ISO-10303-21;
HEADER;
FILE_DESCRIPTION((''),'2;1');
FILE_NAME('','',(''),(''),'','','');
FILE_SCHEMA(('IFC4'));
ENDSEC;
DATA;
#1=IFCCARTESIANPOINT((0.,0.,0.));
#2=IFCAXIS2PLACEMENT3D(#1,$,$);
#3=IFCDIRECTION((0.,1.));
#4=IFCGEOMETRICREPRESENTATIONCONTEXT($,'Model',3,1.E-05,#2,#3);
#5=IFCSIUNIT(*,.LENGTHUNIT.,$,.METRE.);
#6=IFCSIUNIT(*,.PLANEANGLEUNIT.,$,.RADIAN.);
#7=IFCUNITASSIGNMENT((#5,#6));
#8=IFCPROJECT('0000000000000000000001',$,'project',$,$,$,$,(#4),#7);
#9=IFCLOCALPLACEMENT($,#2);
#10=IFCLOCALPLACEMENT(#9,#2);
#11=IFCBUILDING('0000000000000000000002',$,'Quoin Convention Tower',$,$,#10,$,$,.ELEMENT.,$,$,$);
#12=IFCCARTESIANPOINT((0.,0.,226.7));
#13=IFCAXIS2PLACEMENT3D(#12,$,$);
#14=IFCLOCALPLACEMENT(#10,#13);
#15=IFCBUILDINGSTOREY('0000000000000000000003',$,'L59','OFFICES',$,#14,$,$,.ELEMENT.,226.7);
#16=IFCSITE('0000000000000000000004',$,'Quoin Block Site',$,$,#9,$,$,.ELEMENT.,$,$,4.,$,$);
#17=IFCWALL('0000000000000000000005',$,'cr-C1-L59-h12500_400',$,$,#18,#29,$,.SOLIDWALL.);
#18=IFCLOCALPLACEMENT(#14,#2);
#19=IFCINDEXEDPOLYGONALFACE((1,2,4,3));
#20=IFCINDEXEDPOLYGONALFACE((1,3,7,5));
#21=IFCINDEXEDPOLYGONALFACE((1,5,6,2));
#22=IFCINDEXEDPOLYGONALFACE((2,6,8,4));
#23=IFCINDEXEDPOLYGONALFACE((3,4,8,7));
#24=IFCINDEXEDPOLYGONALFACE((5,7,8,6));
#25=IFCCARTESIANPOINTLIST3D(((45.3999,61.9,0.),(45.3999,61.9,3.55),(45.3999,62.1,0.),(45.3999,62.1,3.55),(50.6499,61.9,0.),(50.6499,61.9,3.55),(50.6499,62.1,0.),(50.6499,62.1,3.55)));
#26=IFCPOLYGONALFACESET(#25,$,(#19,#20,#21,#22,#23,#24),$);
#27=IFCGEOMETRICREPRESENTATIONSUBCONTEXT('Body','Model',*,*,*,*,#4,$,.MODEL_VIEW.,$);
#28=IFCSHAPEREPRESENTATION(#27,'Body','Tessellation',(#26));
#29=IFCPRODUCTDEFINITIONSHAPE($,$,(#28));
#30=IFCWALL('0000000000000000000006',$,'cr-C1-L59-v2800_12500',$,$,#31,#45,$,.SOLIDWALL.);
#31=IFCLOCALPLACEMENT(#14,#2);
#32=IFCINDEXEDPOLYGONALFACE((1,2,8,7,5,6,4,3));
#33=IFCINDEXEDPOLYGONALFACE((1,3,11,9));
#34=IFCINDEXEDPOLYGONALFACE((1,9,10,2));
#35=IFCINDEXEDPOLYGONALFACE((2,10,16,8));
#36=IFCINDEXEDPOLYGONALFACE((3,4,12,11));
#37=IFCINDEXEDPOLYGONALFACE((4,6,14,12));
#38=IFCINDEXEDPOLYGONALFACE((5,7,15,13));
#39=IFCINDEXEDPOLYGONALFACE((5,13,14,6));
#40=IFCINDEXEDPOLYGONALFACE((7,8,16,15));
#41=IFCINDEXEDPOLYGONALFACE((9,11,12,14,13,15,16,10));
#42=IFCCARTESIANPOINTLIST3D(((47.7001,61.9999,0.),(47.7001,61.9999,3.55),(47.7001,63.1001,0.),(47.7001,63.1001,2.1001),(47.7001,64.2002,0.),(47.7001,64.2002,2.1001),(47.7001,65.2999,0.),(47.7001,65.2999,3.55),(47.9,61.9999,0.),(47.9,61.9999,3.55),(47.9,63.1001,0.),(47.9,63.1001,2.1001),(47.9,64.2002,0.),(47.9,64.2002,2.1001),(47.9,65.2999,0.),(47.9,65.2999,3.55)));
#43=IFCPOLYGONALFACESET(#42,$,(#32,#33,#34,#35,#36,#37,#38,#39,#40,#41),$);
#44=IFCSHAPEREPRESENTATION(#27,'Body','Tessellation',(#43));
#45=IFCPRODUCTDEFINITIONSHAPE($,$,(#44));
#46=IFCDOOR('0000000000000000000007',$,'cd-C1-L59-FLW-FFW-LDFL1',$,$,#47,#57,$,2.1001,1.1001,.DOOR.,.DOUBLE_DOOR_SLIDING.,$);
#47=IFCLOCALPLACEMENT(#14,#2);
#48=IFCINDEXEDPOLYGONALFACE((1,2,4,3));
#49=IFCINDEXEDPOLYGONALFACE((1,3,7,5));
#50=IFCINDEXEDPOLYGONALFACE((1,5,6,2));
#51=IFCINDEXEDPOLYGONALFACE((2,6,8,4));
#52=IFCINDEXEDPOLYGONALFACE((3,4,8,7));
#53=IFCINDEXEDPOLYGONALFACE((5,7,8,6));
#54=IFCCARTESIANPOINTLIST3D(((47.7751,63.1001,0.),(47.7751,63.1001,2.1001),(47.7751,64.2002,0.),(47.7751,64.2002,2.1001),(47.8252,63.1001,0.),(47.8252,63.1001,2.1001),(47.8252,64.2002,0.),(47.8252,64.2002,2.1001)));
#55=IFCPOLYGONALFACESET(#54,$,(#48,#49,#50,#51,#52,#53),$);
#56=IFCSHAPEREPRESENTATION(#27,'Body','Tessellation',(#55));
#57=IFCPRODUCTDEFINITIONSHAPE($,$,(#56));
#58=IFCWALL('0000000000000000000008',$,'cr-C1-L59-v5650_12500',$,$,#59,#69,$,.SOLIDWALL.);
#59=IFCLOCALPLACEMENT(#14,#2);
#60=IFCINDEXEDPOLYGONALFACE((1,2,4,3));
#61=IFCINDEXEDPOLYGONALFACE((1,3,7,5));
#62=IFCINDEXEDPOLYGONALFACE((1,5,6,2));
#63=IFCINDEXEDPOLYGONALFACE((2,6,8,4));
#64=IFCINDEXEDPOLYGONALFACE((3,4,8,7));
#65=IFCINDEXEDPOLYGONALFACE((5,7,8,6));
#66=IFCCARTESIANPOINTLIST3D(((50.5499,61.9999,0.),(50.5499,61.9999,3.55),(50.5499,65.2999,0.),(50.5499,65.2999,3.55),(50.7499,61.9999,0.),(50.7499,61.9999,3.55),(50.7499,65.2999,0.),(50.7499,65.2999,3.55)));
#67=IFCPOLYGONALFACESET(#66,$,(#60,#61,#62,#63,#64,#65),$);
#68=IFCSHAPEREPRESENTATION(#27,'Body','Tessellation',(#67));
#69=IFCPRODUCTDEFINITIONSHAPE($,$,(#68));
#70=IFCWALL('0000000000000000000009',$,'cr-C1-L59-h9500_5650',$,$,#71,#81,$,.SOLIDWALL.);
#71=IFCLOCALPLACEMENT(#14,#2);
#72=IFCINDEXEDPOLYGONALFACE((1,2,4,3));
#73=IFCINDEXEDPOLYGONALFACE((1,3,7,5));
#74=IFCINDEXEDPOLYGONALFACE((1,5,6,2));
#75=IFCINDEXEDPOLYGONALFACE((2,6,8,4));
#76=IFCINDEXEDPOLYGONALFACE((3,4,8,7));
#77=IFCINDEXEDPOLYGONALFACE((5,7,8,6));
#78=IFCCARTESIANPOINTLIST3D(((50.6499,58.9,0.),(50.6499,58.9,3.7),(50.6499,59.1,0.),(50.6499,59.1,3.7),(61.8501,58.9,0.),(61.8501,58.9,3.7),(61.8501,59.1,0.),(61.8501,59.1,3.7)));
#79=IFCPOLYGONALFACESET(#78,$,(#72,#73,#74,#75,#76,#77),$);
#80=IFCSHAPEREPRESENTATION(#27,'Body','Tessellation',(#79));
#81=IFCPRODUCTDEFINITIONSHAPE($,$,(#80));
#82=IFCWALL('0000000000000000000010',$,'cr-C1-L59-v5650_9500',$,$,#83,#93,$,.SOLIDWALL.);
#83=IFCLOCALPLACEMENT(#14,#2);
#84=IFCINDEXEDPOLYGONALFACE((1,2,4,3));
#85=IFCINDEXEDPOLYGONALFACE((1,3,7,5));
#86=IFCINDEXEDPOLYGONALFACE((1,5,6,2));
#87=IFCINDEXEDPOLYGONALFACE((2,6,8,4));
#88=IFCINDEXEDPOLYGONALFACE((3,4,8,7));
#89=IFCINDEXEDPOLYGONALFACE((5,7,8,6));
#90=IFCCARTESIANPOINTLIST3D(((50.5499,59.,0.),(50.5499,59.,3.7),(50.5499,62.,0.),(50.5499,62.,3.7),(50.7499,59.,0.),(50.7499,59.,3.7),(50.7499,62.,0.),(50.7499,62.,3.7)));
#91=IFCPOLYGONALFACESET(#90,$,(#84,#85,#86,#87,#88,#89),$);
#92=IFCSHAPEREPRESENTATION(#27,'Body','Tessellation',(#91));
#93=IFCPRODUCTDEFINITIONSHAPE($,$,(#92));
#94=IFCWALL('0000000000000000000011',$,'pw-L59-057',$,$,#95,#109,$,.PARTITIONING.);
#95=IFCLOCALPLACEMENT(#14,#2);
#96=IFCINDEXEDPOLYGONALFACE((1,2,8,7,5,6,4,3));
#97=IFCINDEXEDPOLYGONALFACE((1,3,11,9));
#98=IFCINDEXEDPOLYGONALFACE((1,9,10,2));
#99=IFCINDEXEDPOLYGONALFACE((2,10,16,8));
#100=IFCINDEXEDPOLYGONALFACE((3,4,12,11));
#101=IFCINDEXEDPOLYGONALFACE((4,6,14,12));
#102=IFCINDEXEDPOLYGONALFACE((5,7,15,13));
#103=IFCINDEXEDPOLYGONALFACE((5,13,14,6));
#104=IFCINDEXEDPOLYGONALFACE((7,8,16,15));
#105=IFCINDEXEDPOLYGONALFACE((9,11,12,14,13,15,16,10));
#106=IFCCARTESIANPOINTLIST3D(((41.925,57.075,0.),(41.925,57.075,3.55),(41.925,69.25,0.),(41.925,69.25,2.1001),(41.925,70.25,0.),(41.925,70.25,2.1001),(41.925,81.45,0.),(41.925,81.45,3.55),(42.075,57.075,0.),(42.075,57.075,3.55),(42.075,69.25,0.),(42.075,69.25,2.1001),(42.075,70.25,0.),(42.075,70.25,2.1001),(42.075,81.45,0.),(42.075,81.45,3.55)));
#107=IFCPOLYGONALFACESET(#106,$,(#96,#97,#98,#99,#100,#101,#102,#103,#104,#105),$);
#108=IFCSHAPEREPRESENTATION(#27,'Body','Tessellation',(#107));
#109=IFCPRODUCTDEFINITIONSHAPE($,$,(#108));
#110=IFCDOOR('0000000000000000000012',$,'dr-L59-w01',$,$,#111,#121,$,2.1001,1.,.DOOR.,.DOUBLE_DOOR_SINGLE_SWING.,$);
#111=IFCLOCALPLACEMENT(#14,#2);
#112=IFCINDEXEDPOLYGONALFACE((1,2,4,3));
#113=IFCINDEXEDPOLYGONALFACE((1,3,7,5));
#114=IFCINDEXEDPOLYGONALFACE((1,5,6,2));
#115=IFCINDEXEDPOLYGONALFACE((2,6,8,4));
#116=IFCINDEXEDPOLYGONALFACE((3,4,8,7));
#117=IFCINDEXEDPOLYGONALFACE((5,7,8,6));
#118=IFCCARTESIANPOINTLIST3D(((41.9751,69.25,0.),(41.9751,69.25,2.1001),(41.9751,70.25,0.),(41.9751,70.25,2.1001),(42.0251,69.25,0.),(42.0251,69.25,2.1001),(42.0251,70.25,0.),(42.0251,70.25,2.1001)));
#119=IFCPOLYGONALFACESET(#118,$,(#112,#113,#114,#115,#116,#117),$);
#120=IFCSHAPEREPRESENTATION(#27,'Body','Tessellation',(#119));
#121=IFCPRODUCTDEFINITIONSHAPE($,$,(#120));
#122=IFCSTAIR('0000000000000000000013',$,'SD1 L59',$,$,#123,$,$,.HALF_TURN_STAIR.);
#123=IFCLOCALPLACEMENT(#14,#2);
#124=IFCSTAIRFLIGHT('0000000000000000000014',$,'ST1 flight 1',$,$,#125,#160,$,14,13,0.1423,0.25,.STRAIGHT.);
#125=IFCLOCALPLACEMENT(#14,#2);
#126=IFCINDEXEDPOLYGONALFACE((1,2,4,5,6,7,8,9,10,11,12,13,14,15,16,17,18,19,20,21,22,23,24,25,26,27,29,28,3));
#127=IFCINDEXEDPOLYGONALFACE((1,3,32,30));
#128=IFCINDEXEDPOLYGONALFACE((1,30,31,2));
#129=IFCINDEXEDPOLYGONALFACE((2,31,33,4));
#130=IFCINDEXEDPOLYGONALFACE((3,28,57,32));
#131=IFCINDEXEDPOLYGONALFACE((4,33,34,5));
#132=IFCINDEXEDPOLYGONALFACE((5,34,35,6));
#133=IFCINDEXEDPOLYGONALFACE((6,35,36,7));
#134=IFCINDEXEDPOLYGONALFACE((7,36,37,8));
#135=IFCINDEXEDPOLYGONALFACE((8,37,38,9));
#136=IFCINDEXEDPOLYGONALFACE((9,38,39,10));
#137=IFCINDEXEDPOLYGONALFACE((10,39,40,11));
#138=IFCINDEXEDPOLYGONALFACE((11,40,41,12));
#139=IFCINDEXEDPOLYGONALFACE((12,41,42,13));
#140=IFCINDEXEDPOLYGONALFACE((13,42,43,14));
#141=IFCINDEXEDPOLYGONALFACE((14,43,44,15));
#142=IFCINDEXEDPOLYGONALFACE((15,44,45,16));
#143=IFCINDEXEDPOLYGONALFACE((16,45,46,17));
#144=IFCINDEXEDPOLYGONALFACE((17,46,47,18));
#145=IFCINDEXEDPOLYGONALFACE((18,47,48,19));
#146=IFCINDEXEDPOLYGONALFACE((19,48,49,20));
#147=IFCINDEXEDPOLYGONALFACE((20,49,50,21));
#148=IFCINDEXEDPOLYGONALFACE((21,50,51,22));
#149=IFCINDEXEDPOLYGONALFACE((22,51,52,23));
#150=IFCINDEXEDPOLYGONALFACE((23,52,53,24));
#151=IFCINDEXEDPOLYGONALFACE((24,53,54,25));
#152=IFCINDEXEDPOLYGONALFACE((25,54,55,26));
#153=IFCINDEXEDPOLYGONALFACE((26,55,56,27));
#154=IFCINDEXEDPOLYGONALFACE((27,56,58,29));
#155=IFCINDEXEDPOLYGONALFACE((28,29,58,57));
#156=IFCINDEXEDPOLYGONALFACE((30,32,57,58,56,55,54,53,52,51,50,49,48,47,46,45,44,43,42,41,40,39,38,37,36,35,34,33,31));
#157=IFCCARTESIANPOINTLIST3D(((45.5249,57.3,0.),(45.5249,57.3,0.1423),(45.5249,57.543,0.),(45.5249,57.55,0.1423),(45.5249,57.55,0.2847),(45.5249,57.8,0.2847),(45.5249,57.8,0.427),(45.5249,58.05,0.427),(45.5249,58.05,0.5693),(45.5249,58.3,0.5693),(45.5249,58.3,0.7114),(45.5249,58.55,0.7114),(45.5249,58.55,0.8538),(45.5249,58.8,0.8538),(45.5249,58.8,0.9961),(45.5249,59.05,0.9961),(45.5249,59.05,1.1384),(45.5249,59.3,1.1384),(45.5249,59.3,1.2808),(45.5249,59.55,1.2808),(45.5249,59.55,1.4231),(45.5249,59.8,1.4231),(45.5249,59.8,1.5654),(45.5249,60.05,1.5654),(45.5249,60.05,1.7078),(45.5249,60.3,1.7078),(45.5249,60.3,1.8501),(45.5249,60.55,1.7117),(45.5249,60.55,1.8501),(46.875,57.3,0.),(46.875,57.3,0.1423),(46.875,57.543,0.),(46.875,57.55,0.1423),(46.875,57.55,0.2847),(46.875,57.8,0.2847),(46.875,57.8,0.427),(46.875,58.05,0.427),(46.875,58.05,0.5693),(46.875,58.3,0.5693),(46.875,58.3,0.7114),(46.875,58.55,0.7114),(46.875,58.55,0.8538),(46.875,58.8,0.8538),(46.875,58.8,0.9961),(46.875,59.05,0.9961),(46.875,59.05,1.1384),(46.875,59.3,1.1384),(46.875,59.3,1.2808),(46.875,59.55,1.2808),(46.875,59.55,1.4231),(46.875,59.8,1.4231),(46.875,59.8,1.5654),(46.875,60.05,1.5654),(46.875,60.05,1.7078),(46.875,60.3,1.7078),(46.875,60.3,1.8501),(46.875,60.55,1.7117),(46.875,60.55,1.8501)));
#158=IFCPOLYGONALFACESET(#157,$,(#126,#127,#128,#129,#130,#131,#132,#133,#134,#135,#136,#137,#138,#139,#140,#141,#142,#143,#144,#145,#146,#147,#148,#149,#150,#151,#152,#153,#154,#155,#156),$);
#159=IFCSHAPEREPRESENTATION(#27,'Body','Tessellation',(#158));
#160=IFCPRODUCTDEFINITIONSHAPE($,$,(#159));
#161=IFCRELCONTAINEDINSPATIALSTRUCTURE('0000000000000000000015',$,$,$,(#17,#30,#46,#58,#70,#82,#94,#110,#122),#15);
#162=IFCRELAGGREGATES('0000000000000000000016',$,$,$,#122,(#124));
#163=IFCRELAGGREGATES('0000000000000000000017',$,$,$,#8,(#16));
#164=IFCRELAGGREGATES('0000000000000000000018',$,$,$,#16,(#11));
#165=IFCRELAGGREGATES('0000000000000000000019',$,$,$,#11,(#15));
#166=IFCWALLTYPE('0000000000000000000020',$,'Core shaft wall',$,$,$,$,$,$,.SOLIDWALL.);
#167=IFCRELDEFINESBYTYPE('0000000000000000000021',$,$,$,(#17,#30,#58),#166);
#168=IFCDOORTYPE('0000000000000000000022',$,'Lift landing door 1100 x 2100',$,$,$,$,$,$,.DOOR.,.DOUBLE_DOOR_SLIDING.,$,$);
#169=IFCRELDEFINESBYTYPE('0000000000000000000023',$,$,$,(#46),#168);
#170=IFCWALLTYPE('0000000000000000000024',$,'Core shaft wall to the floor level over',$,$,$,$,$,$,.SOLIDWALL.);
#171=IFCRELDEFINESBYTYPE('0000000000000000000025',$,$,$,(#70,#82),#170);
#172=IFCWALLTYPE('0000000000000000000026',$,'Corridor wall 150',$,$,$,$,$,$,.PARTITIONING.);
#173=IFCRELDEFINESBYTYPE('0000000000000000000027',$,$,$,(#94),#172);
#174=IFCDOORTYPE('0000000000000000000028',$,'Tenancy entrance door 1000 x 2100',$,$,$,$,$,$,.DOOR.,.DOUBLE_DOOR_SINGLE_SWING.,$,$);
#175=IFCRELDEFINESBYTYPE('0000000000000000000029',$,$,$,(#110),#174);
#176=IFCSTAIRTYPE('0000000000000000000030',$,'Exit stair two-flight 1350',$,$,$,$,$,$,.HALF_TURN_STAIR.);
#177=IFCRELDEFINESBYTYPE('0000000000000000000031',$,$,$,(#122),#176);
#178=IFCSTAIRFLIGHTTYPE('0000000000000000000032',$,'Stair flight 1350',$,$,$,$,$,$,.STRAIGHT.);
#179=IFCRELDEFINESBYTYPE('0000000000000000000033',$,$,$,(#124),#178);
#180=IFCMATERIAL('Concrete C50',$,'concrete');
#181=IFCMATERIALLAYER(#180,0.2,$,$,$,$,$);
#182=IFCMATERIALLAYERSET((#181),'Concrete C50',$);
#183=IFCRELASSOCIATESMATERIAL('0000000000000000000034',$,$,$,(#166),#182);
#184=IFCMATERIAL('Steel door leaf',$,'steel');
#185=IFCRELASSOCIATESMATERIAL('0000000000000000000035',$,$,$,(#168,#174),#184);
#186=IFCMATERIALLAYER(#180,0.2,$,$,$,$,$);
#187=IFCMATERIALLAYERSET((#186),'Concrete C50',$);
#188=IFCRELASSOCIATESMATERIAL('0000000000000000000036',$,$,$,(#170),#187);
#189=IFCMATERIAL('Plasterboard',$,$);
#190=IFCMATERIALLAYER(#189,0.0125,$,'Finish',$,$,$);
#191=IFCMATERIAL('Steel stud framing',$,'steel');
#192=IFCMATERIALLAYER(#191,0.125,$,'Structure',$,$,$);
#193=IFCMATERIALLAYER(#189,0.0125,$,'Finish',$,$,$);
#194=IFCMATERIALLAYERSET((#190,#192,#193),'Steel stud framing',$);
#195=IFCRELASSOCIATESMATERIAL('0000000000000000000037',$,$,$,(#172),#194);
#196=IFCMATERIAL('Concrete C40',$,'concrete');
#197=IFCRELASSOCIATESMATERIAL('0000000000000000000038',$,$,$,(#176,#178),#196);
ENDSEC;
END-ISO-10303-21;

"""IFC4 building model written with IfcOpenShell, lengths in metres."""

from ifc_helpers import new_model, si_unit, direction, frame, frame_2d, origin, place, context, subcontext, project, spatial, polyline, rectangle, outline, extrude, material, layer, layer_set, type_object, element, fill, aggregate, save


model = new_model("IFC4")

# Units and contexts
model_context = context("Model", 3, precision=1e-05, world=origin(), true_north=direction((0.0, 1.0)))
body_context = subcontext(model_context, "Body", "Model", "MODEL_VIEW")
ifc_project = project(units=[si_unit("LENGTHUNIT", "METRE"), si_unit("PLANEANGLEUNIT", "RADIAN")], contexts=[model_context])

# Site, building, storey
site_placement = place(None, origin())
site = spatial("IfcSite", under=ifc_project, at=site_placement, Name="Quoin Block Site", CompositionType="ELEMENT", RefElevation=4.0)
building_placement = place(site_placement, origin())
building = spatial("IfcBuilding", under=site, at=building_placement, Name="Quoin Convention Tower", CompositionType="ELEMENT")
storey_placement = place(building_placement, frame((0.0, 0.0, 226.7)))
storey = spatial("IfcBuildingStorey", under=building, at=storey_placement, Name="L59", Description="OFFICES", CompositionType="ELEMENT", Elevation=226.7)

# Wall
ifc_material_1 = material(Name="Concrete C50", Category="concrete")
ifc_layer_1 = layer(ifc_material_1, 0.2)
ifc_layer_set_1 = layer_set([ifc_layer_1], Name="Concrete C50")
wall_type_1 = type_object("IfcWallType", Name="Core shaft wall", PredefinedType="SOLIDWALL", material=ifc_layer_set_1)
wall_1_placement = place(storey_placement, frame((45.3999, 62.0, 0.0), z_axis=(0.0, 0.0, 1.0), x_axis=(1.0, 0.0, 0.0)))
element("IfcWall", 1, at=wall_1_placement, inside=storey, type_object=wall_type_1, Name="cr-C1-L59-h12500_400", PredefinedType="SOLIDWALL", context=body_context, shape_type="SweptSolid", body=[
    extrude(rectangle(XDim=5.25, YDim=0.2, at=frame_2d((2.625, 0.0))), origin(), (0.0, 0.0, 1.0), 3.55),
])

# Wall, opening, door
wall_2_placement = place(storey_placement, frame((47.8, 62.0, 0.0), z_axis=(0.0, 0.0, 1.0), x_axis=(0.0, 1.0, 0.0)))
wall_2 = element("IfcWall", 2, at=wall_2_placement, inside=storey, type_object=wall_type_1, Name="cr-C1-L59-v2800_12500", PredefinedType="SOLIDWALL", context=body_context, shape_type="SweptSolid", body=[
    extrude(rectangle(XDim=3.3, YDim=0.2, at=frame_2d((1.6499, 0.0))), origin(), (0.0, 0.0, 1.0), 3.55),
])
opening_1_placement = place(wall_2_placement, frame((1.1001, 0.0, 0.0)))
opening_1 = element("IfcOpeningElement", 3, at=opening_1_placement, cuts=wall_2, PredefinedType="OPENING", context=body_context, shape_type="SweptSolid", body=[
    extrude(rectangle(XDim=1.1001, YDim=2.1001, at=frame_2d((0.55, 1.05))), frame((0.0, 0.1099, 0.0), z_axis=(0.0, -1.0, 0.0), x_axis=(1.0, 0.0, 0.0)), (0.0, 0.0, 1.0), 0.22),
])
ifc_material_2 = material(Name="Steel door leaf", Category="steel")
door_type_1 = type_object("IfcDoorType", Name="Lift landing door 1100 x 2100", OperationType="DOUBLE_DOOR_SLIDING", PredefinedType="DOOR", material=ifc_material_2)
door_1_placement = place(opening_1_placement, origin())
door_1 = element("IfcDoor", 4, at=door_1_placement, inside=storey, type_object=door_type_1, Name="cd-C1-L59-FLW-FFW-LDFL1", OperationType="DOUBLE_DOOR_SLIDING", OverallHeight=2.1001, OverallWidth=1.1001, PredefinedType="DOOR", context=body_context, shape_type="SweptSolid", body=[
    extrude(rectangle(XDim=1.1001, YDim=2.1001, at=frame_2d((0.55, 1.05))), frame((0.0, 0.0249, 0.0), z_axis=(0.0, -1.0, 0.0), x_axis=(1.0, 0.0, 0.0)), (0.0, 0.0, 1.0), 0.05),
])
fill(opening_1, door_1)

# Walls
wall_3_placement = place(storey_placement, frame((50.6499, 62.0, 0.0), z_axis=(0.0, 0.0, 1.0), x_axis=(0.0, 1.0, 0.0)))
element("IfcWall", 5, at=wall_3_placement, inside=storey, type_object=wall_type_1, Name="cr-C1-L59-v5650_12500", PredefinedType="SOLIDWALL", context=body_context, shape_type="SweptSolid", body=[
    extrude(rectangle(XDim=3.3, YDim=0.2, at=frame_2d((1.6499, 0.0))), origin(), (0.0, 0.0, 1.0), 3.55),
])
ifc_layer_2 = layer(ifc_material_1, 0.2)
ifc_layer_set_2 = layer_set([ifc_layer_2], Name="Concrete C50")
wall_type_2 = type_object("IfcWallType", Name="Core shaft wall to the floor level over", PredefinedType="SOLIDWALL", material=ifc_layer_set_2)
wall_4_placement = place(storey_placement, frame((50.6499, 59.0, 0.0), z_axis=(0.0, 0.0, 1.0), x_axis=(1.0, 0.0, 0.0)))
element("IfcWall", 6, at=wall_4_placement, inside=storey, type_object=wall_type_2, Name="cr-C1-L59-h9500_5650", PredefinedType="SOLIDWALL", context=body_context, shape_type="SweptSolid", body=[
    extrude(rectangle(XDim=11.2002, YDim=0.2, at=frame_2d((5.6001, 0.0))), origin(), (0.0, 0.0, 1.0), 3.7),
])
wall_5_placement = place(storey_placement, frame((50.6499, 59.0, 0.0), z_axis=(0.0, 0.0, 1.0), x_axis=(0.0, 1.0, 0.0)))
element("IfcWall", 7, at=wall_5_placement, inside=storey, type_object=wall_type_2, Name="cr-C1-L59-v5650_9500", PredefinedType="SOLIDWALL", context=body_context, shape_type="SweptSolid", body=[
    extrude(rectangle(XDim=3.0, YDim=0.2, at=frame_2d((1.5, 0.0))), origin(), (0.0, 0.0, 1.0), 3.7),
])

# Wall, opening, door
ifc_material_3 = material(Name="Plasterboard")
ifc_layer_3 = layer(ifc_material_3, 0.0125, Name="Finish")
ifc_material_4 = material(Name="Steel stud framing", Category="steel")
ifc_layer_4 = layer(ifc_material_4, 0.125, Name="Structure")
ifc_layer_5 = layer(ifc_material_3, 0.0125, Name="Finish")
ifc_layer_set_3 = layer_set([ifc_layer_3, ifc_layer_4, ifc_layer_5], Name="Steel stud framing")
wall_type_3 = type_object("IfcWallType", Name="Corridor wall 150", PredefinedType="PARTITIONING", material=ifc_layer_set_3)
wall_6_placement = place(storey_placement, frame((42.0, 57.075, 0.0), z_axis=(0.0, 0.0, 1.0), x_axis=(0.0, 1.0, 0.0)))
wall_6 = element("IfcWall", 8, at=wall_6_placement, inside=storey, type_object=wall_type_3, Name="pw-L59-057", PredefinedType="PARTITIONING", context=body_context, shape_type="SweptSolid", body=[
    extrude(rectangle(XDim=24.375, YDim=0.1499, at=frame_2d((12.1875, 0.0))), origin(), (0.0, 0.0, 1.0), 3.55),
])
opening_2_placement = place(wall_6_placement, frame((12.175, 0.0, 0.0)))
opening_2 = element("IfcOpeningElement", 9, at=opening_2_placement, cuts=wall_6, PredefinedType="OPENING", context=body_context, shape_type="SweptSolid", body=[
    extrude(rectangle(XDim=1.0, YDim=2.1001, at=frame_2d((0.5, 1.05))), frame((0.0, 0.085, 0.0), z_axis=(0.0, -1.0, 0.0), x_axis=(1.0, 0.0, 0.0)), (0.0, 0.0, 1.0), 0.1699),
])
door_type_2 = type_object("IfcDoorType", Name="Tenancy entrance door 1000 x 2100", OperationType="DOUBLE_DOOR_SINGLE_SWING", PredefinedType="DOOR", material=ifc_material_2)
door_2_placement = place(opening_2_placement, origin())
door_2 = element("IfcDoor", 10, at=door_2_placement, inside=storey, type_object=door_type_2, Name="dr-L59-w01", OperationType="DOUBLE_DOOR_SINGLE_SWING", OverallHeight=2.1001, OverallWidth=1.0, PredefinedType="DOOR", context=body_context, shape_type="SweptSolid", body=[
    extrude(rectangle(XDim=1.0, YDim=2.1001, at=frame_2d((0.5, 1.05))), frame((0.0, 0.0249, 0.0), z_axis=(0.0, -1.0, 0.0), x_axis=(1.0, 0.0, 0.0)), (0.0, 0.0, 1.0), 0.05),
])
fill(opening_2, door_2)

# Stair, stair flight
ifc_material_5 = material(Name="Concrete C40", Category="concrete")
stair_type = type_object("IfcStairType", Name="Exit stair two-flight 1350", PredefinedType="HALF_TURN_STAIR", material=ifc_material_5)
stair_placement = place(storey_placement, origin())
stair = element("IfcStair", 11, at=stair_placement, inside=storey, type_object=stair_type, Name="SD1 L59", PredefinedType="HALF_TURN_STAIR")
stair_flight_type = type_object("IfcStairFlightType", Name="Stair flight 1350", PredefinedType="STRAIGHT", material=ifc_material_5)
stair_flight_1_placement = place(storey_placement, frame((46.2, 57.3, 0.0), z_axis=(0.0, 0.0, 1.0), x_axis=(0.0, 1.0, 0.0)))
stair_flight_1 = element("IfcStairFlight", 12, at=stair_flight_1_placement, type_object=stair_flight_type, Name="ST1 flight 1", NumberOfRisers=14, NumberOfTreads=13, PredefinedType="STRAIGHT", RiserHeight=0.1423, TreadLength=0.25, context=body_context, shape_type="SweptSolid", body=[
    extrude(outline(polyline([(0.0, 0.0), (0.0, 0.1423), (0.25, 0.1423), (0.25, 0.2847), (0.5, 0.2847), (0.5, 0.427), (0.75, 0.427), (0.75, 0.5693), (1.0, 0.5693), (1.0, 0.7114), (1.25, 0.7114), (1.25, 0.8538), (1.5, 0.8538), (1.5, 0.9961), (1.75, 0.9961), (1.75, 1.1384), (2.0, 1.1384), (2.0, 1.2808), (2.25, 1.2808), (2.25, 1.4231), (2.5, 1.4231), (2.5, 1.5654), (2.75, 1.5654), (2.75, 1.7078), (3.0, 1.7078), (3.0, 1.8501), (3.25, 1.8501), (3.25, 1.9922), (3.25, 1.7117), (0.2429, 0.0), (0.0, 0.0)])), frame((0.0, 0.675, 0.0), z_axis=(0.0, -1.0, 0.0), x_axis=(1.0, 0.0, 0.0)), (0.0, 0.0, 1.0), 1.3501),
])
aggregate(stair, [stair_flight_1])

save(model, "model.ifc")
